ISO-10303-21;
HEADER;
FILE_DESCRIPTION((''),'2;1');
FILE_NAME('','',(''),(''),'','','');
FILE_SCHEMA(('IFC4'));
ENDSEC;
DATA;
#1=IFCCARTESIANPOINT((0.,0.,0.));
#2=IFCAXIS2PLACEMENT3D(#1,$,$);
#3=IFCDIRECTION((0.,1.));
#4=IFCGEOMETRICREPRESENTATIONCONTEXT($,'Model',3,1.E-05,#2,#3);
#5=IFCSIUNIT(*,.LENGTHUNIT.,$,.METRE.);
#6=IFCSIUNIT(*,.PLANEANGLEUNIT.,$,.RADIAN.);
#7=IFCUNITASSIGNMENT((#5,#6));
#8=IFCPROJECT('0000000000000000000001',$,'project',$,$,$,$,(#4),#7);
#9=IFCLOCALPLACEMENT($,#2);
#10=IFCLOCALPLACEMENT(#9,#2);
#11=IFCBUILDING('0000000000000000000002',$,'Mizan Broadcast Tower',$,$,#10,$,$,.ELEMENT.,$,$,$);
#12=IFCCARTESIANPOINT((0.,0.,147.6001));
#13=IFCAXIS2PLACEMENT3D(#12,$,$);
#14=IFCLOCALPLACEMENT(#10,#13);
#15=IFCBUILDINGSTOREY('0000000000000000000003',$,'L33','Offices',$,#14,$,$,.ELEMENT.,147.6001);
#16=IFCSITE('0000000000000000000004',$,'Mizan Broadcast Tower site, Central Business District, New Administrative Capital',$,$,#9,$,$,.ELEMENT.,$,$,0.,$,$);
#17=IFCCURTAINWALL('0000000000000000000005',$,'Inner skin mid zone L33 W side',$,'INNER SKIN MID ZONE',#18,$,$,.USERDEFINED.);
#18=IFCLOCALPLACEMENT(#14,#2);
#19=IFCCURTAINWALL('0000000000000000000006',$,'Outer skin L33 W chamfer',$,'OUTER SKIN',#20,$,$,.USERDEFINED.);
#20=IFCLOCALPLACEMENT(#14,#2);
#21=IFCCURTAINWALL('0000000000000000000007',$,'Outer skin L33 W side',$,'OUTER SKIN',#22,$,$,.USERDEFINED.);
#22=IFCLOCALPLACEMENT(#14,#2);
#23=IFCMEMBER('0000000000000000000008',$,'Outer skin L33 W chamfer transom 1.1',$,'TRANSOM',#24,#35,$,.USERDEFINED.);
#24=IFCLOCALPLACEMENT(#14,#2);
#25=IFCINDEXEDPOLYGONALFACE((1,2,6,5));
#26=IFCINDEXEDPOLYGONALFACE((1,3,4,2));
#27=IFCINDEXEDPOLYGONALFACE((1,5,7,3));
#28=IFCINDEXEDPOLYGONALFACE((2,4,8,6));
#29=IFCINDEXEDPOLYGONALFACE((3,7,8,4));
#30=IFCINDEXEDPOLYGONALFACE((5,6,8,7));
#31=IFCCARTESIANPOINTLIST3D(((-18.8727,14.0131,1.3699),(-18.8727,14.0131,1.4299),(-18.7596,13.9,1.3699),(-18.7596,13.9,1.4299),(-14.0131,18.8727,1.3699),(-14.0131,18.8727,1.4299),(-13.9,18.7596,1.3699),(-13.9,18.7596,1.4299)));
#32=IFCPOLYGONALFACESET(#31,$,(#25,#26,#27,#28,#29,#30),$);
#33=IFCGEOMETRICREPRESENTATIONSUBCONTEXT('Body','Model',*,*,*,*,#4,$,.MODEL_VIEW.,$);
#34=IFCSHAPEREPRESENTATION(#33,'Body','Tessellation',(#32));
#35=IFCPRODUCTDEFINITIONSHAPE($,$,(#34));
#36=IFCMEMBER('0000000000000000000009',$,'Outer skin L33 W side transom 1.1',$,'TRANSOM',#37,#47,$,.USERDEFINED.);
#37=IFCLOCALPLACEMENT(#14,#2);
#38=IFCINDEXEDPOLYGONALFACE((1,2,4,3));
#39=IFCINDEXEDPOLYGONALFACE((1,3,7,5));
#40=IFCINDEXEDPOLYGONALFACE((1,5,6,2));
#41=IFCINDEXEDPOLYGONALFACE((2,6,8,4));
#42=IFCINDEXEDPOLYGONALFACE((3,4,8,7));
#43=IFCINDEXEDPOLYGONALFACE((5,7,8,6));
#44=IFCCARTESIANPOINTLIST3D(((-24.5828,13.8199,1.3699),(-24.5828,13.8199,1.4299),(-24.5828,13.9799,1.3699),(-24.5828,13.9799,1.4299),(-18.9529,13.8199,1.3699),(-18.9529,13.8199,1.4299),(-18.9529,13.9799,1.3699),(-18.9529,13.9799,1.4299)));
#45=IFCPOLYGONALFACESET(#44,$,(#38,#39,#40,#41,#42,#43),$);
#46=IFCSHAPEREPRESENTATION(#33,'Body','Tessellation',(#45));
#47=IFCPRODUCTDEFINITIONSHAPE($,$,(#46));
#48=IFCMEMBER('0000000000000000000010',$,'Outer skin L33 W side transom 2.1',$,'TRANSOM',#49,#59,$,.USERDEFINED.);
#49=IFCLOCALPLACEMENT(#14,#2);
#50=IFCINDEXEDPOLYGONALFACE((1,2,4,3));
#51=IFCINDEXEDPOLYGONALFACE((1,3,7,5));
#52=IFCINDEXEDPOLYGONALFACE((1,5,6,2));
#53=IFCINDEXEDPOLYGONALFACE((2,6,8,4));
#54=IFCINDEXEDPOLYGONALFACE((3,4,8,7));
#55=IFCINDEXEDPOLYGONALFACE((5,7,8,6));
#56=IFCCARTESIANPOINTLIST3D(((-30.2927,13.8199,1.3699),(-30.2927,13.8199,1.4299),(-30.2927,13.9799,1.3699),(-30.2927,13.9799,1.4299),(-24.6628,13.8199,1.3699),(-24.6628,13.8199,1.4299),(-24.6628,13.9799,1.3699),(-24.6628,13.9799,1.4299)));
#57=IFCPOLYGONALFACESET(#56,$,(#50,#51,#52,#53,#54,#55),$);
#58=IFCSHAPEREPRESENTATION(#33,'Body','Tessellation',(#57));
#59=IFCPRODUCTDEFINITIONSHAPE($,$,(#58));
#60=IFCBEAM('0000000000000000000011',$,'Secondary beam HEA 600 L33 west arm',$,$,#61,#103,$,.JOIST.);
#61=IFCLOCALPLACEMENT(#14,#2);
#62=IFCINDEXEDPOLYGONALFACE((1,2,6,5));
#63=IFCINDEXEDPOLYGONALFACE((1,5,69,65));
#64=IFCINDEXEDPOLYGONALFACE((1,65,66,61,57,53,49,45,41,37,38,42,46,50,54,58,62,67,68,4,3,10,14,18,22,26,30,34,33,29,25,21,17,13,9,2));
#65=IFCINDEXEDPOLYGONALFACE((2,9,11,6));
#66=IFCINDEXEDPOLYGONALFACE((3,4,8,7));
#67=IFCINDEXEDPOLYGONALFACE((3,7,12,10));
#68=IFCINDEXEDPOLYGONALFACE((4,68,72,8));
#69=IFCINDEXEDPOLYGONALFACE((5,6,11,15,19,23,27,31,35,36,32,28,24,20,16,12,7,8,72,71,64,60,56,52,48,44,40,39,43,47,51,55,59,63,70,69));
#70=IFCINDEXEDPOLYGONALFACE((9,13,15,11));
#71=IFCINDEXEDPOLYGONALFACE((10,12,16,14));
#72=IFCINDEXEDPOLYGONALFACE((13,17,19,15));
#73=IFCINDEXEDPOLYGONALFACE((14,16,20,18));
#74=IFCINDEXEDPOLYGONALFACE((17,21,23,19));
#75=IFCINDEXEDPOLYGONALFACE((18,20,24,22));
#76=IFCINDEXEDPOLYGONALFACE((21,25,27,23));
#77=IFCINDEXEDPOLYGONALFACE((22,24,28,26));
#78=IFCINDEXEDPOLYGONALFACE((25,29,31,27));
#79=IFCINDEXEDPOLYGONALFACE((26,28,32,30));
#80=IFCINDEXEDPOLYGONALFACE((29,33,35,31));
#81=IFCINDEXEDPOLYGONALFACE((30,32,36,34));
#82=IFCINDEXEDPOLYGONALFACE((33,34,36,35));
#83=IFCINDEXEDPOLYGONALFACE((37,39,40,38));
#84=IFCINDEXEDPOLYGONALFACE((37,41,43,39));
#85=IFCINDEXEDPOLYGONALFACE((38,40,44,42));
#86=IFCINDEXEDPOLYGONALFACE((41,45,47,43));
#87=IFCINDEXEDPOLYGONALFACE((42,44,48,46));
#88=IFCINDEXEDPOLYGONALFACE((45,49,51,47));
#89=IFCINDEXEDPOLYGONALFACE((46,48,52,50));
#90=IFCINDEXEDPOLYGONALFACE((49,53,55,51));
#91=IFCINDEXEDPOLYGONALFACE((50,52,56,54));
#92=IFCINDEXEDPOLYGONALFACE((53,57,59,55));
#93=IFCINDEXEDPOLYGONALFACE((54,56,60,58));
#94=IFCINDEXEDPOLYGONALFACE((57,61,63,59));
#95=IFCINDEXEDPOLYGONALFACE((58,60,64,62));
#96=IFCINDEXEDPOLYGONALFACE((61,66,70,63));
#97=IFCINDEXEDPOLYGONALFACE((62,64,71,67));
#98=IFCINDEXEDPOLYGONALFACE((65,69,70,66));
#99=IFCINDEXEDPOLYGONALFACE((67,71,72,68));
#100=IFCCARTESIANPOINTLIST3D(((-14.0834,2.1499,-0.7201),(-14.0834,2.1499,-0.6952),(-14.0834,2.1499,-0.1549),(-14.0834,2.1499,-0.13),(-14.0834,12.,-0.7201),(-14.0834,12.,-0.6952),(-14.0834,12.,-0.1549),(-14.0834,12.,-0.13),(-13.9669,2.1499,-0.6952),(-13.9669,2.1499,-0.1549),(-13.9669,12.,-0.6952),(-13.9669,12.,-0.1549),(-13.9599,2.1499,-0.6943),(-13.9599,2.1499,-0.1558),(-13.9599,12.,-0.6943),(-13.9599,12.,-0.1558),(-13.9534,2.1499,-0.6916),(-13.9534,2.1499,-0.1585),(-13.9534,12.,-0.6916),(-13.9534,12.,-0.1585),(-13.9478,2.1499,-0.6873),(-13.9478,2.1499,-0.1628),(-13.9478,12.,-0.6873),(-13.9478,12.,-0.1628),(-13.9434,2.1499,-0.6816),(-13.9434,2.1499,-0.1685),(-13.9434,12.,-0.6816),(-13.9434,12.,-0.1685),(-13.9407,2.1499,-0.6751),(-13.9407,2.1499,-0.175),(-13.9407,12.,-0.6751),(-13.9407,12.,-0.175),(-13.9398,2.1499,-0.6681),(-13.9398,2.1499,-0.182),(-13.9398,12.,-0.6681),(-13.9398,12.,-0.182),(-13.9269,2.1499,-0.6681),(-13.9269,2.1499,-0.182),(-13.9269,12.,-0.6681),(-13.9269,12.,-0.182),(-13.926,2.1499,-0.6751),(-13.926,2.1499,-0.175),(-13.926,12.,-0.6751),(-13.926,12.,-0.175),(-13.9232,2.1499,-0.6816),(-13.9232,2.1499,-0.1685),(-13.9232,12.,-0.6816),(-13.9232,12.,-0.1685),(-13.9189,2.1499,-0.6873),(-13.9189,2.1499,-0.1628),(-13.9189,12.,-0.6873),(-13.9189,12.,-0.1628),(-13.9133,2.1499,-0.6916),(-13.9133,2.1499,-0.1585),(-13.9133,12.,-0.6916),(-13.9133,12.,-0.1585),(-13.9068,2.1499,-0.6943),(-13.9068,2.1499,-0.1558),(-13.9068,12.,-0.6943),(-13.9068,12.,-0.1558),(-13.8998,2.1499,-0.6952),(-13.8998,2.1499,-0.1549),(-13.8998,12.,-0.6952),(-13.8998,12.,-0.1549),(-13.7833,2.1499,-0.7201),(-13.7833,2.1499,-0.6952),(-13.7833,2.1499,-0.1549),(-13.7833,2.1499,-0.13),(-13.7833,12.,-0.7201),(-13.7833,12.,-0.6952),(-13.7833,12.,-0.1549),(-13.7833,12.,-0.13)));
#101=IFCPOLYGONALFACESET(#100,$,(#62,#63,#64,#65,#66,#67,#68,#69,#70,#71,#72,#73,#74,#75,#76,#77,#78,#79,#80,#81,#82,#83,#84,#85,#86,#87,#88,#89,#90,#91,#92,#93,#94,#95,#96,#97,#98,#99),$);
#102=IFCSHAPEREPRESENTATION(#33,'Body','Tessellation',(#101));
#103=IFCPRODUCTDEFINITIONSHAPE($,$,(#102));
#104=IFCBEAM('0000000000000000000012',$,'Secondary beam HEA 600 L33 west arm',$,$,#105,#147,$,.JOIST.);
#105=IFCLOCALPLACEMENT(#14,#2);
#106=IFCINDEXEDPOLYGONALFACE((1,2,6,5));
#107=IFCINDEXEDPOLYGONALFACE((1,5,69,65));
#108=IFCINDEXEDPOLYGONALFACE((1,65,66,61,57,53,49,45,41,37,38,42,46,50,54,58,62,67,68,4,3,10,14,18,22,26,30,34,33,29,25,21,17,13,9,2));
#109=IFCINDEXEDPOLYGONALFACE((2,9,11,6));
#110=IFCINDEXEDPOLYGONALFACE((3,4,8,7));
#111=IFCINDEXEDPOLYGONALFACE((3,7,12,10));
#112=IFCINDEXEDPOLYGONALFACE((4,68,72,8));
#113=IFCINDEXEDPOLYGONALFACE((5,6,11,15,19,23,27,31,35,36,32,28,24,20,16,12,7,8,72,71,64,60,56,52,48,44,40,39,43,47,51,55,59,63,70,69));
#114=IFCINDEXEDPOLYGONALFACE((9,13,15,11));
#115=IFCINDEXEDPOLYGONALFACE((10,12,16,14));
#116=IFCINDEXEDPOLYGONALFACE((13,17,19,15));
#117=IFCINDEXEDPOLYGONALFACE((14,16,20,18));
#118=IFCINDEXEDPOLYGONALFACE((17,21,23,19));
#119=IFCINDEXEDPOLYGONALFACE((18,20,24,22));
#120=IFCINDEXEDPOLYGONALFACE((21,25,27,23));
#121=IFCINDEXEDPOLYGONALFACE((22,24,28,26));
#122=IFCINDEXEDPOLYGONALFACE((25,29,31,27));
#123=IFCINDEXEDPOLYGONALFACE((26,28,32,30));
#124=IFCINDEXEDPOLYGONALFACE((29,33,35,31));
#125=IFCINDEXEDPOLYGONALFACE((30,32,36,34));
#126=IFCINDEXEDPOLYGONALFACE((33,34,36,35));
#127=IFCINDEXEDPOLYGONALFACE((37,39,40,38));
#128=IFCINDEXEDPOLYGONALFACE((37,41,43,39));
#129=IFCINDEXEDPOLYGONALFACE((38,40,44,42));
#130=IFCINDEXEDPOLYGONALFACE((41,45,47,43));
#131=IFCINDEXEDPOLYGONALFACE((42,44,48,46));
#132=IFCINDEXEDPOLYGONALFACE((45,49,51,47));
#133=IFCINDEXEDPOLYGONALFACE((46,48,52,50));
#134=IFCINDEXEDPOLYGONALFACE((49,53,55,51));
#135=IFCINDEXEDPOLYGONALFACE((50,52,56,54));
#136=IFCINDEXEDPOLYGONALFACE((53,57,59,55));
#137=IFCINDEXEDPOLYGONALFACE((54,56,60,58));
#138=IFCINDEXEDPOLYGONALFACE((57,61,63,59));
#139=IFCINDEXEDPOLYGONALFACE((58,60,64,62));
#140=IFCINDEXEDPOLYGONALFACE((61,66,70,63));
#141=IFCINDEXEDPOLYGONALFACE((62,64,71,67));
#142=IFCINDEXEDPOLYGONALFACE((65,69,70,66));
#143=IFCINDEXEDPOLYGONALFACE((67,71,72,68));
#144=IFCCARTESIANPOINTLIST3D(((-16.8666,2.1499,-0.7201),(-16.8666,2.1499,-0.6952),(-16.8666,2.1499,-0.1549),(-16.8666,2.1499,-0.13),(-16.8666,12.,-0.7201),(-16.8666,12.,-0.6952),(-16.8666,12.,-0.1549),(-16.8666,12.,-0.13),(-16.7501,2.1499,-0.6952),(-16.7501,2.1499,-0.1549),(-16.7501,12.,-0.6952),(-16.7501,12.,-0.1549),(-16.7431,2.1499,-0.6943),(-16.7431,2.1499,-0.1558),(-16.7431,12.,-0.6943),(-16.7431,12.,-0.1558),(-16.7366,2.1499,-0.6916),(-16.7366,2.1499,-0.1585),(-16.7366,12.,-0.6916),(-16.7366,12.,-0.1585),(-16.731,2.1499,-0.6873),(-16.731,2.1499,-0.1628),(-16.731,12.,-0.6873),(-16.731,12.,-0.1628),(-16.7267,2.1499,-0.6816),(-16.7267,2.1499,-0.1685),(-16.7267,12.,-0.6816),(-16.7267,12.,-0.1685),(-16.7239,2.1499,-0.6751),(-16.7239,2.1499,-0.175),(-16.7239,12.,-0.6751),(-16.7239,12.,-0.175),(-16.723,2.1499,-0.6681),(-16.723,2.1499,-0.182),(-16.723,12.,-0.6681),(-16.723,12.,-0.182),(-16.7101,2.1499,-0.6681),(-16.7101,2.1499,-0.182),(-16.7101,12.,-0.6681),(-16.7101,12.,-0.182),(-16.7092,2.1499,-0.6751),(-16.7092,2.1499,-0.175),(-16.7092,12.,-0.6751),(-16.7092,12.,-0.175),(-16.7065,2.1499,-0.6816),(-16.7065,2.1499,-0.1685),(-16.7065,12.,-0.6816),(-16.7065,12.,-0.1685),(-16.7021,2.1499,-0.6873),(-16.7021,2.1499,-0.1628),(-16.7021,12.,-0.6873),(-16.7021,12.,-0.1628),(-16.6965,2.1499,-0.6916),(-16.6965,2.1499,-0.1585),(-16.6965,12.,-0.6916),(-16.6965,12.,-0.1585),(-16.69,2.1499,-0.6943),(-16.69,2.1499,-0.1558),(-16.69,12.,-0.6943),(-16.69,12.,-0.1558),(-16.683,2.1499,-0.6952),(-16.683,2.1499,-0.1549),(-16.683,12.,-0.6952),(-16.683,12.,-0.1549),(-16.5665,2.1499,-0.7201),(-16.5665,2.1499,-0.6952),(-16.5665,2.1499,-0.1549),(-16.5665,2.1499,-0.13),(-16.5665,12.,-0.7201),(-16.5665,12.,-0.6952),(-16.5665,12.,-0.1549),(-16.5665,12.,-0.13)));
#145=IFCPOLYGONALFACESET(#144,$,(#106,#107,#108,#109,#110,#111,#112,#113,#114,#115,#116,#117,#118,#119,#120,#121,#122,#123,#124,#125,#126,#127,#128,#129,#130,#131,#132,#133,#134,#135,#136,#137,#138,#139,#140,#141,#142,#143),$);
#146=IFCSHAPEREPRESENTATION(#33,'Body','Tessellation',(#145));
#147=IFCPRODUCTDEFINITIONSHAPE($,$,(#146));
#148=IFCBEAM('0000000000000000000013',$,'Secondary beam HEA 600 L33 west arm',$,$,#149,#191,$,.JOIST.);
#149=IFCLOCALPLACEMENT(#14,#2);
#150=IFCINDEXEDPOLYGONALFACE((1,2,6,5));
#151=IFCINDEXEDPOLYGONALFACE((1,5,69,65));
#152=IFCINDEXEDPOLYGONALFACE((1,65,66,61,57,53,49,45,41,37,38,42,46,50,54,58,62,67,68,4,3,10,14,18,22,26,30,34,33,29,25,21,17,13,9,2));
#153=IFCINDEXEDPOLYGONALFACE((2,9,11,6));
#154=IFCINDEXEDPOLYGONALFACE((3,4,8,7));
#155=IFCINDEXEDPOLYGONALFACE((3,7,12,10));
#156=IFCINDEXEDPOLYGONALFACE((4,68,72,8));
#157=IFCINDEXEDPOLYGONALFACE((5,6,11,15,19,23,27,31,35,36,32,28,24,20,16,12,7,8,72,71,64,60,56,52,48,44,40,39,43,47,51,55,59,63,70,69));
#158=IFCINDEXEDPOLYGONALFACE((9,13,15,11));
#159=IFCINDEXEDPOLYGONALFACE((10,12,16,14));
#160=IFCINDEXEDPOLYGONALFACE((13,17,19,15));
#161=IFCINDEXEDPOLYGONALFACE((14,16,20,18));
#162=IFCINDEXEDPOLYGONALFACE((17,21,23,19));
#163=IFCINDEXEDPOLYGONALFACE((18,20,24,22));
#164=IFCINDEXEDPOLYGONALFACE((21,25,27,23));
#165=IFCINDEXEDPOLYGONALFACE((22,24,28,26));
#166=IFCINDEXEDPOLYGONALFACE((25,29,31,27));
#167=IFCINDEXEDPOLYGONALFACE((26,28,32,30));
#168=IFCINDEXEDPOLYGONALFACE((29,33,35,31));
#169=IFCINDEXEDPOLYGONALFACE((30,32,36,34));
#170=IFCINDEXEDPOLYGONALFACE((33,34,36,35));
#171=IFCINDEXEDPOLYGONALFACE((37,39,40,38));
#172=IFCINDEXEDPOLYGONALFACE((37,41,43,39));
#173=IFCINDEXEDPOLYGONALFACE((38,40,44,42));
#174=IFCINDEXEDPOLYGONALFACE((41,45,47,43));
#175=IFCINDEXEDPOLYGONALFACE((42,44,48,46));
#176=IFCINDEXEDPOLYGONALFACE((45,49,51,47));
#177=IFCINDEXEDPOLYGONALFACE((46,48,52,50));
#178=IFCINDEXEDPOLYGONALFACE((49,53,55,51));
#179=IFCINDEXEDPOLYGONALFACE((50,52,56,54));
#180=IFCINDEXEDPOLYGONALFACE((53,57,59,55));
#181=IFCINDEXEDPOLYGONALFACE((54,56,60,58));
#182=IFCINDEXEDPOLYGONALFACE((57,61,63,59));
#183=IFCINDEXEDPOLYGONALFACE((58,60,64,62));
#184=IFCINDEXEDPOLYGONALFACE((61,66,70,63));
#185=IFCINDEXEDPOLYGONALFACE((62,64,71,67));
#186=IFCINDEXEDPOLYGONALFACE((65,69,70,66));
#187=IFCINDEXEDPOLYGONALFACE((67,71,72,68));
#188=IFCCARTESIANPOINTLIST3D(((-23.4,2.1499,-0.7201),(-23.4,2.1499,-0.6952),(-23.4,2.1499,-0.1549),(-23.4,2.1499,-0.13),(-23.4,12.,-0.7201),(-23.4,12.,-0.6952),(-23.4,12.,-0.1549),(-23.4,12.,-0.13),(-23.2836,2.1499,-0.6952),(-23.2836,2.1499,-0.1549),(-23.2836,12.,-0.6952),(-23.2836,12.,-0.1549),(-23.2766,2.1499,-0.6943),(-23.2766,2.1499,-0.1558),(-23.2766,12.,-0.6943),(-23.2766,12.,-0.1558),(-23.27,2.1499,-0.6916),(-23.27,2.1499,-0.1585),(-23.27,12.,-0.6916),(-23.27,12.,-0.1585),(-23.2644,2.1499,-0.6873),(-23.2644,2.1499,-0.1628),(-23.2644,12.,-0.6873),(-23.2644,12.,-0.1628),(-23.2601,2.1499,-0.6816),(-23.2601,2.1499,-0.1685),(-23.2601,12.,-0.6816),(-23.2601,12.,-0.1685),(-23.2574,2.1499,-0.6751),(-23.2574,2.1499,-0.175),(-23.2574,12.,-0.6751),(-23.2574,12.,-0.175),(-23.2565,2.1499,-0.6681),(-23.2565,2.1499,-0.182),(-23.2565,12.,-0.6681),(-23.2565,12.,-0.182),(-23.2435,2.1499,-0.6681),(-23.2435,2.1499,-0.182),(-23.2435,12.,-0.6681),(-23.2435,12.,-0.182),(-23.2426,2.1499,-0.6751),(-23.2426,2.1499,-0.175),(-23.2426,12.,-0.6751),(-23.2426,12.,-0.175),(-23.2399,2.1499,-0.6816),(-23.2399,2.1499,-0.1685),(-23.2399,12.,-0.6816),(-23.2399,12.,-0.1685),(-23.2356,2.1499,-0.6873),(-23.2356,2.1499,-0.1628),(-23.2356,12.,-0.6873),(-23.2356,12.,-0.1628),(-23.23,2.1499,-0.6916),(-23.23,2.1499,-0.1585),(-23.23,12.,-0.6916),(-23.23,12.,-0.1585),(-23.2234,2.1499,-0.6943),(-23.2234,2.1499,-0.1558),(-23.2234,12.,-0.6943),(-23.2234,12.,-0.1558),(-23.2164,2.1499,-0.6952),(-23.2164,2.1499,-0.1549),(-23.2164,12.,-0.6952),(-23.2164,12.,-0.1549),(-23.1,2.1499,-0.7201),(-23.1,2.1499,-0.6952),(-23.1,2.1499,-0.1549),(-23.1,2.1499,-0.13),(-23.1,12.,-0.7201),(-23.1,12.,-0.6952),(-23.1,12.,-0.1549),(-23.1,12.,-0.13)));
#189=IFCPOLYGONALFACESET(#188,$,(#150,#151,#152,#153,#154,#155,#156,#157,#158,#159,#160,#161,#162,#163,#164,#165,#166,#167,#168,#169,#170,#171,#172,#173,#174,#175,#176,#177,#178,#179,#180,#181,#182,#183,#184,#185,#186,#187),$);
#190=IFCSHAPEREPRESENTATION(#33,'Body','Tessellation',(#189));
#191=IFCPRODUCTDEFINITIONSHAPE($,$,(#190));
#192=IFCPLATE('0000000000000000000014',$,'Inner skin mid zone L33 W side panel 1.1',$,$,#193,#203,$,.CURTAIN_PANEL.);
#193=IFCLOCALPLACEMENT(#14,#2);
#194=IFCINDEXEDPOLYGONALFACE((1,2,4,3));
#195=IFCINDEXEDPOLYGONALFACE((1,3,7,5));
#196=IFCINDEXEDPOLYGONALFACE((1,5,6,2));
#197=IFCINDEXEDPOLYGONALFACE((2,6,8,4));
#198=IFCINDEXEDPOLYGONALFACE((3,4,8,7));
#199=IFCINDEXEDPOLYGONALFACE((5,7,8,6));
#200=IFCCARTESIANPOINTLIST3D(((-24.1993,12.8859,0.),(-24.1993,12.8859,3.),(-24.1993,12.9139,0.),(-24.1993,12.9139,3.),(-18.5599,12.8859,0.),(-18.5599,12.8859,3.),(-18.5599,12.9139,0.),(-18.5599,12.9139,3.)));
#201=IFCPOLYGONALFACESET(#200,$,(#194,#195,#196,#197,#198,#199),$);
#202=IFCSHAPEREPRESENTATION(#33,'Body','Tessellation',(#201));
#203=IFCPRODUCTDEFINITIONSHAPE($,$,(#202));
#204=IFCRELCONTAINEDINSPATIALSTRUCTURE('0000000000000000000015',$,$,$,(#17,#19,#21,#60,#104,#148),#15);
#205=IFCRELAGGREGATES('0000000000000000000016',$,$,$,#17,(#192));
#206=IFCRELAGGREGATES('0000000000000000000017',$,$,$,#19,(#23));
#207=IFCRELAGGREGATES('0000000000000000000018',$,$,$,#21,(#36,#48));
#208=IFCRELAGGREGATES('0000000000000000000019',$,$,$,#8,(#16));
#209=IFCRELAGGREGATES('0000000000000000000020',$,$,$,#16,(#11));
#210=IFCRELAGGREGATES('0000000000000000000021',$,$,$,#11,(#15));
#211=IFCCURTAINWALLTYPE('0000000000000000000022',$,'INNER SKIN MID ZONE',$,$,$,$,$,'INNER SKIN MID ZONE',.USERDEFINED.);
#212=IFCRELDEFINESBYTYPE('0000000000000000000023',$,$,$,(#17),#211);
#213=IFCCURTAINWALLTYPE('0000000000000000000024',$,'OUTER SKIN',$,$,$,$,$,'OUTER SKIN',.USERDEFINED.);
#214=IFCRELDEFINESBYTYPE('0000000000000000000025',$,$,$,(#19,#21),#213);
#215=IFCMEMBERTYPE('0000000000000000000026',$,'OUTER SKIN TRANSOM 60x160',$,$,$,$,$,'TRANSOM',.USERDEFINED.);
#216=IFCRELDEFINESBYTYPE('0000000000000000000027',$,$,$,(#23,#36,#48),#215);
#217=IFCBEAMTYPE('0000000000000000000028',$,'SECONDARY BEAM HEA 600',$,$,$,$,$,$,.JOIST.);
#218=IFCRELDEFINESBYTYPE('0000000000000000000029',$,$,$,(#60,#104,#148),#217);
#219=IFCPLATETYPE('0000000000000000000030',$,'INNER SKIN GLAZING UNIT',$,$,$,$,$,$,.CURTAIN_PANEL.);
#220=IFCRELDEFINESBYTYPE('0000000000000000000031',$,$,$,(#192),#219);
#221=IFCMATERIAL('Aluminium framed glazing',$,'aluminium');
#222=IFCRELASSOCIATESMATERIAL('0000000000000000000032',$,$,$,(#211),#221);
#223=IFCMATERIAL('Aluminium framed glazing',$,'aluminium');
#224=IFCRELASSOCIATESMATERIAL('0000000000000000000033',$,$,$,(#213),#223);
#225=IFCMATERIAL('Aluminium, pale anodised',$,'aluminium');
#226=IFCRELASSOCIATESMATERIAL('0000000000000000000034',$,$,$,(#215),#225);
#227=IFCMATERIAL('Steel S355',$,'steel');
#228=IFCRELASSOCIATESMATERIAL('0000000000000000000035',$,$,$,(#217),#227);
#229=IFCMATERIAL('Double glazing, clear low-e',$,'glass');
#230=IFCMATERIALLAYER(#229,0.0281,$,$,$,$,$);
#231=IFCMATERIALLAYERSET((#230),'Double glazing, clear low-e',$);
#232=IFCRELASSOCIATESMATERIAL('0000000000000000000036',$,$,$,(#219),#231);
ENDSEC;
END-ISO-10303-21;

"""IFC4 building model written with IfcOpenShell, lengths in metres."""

from ifc_helpers import new_model, si_unit, direction, frame, origin, origin_2d, place, context, subcontext, project, spatial, rectangle, i_section, extrude, material, layer, layer_set, material_profile, profile_set, type_object, element, aggregate, save


model = new_model("IFC4")

# Units and contexts
model_context = context("Model", 3, precision=1e-05, world=origin(), true_north=direction((0.0, 1.0)))
body_context = subcontext(model_context, "Body", "Model", "MODEL_VIEW")
ifc_project = project(units=[si_unit("LENGTHUNIT", "METRE"), si_unit("PLANEANGLEUNIT", "RADIAN")], contexts=[model_context])

# Site, building, storey
site_placement = place(None, origin())
site = spatial("IfcSite", under=ifc_project, at=site_placement, Name="Mizan Broadcast Tower site, Central Business District, New Administrative Capital", CompositionType="ELEMENT", RefElevation=0.0)
building_placement = place(site_placement, origin())
building = spatial("IfcBuilding", under=site, at=building_placement, Name="Mizan Broadcast Tower", CompositionType="ELEMENT")
storey_placement = place(building_placement, frame((0.0, 0.0, 147.6001)))
storey = spatial("IfcBuildingStorey", under=building, at=storey_placement, Name="L33", Description="Offices", CompositionType="ELEMENT", Elevation=147.6001)

# Curtain wall
ifc_material_1 = material(Name="Aluminium framed glazing", Category="aluminium")
curtain_wall_type_1 = type_object("IfcCurtainWallType", Name="INNER SKIN MID ZONE", ElementType="INNER SKIN MID ZONE", PredefinedType="USERDEFINED", material=ifc_material_1)
curtain_wall_1_placement = place(storey_placement, origin())
curtain_wall_1 = element("IfcCurtainWall", 1, at=curtain_wall_1_placement, inside=storey, type_object=curtain_wall_type_1, Name="Inner skin mid zone L33 W side", ObjectType="INNER SKIN MID ZONE", PredefinedType="USERDEFINED")

# Curtain walls
ifc_material_2 = material(Name="Aluminium framed glazing", Category="aluminium")
curtain_wall_type_2 = type_object("IfcCurtainWallType", Name="OUTER SKIN", ElementType="OUTER SKIN", PredefinedType="USERDEFINED", material=ifc_material_2)
curtain_wall_2_placement = place(storey_placement, origin())
curtain_wall_2 = element("IfcCurtainWall", 2, at=curtain_wall_2_placement, inside=storey, type_object=curtain_wall_type_2, Name="Outer skin L33 W chamfer", ObjectType="OUTER SKIN", PredefinedType="USERDEFINED")
curtain_wall_3_placement = place(storey_placement, origin())
curtain_wall_3 = element("IfcCurtainWall", 3, at=curtain_wall_3_placement, inside=storey, type_object=curtain_wall_type_2, Name="Outer skin L33 W side", ObjectType="OUTER SKIN", PredefinedType="USERDEFINED")

# Members
ifc_material_3 = material(Name="Aluminium, pale anodised", Category="aluminium")
ifc_material_profile_1 = material_profile(ifc_material_3, rectangle(XDim=0.1599, YDim=0.0601, at=origin_2d()), Name="TRANSOM 160x60")
ifc_profile_set_1 = profile_set([ifc_material_profile_1], Name="Aluminium, pale anodised")
member_type_1 = type_object("IfcMemberType", Name="OUTER SKIN TRANSOM 60x160", ElementType="TRANSOM", PredefinedType="USERDEFINED", material=ifc_profile_set_1)
member_1_placement = place(storey_placement, frame((-13.9565, 18.8162, 1.3999), z_axis=(-0.707107, -0.707107, 0.0), x_axis=(0.707107, -0.707107, 0.0)))
member_1 = element("IfcMember", 4, at=member_1_placement, type_object=member_type_1, Name="Outer skin L33 W chamfer transom 1.1", ObjectType="TRANSOM", PredefinedType="USERDEFINED", context=body_context, shape_type="SweptSolid", body=[
    extrude(rectangle(XDim=0.1599, YDim=0.0601, at=origin_2d()), origin(), (0.0, 0.0, 1.0), 6.8726),
])
member_2_placement = place(storey_placement, frame((-18.9529, 13.8999, 1.3999), z_axis=(-1.0, 0.0, 0.0), x_axis=(0.0, -1.0, 0.0)))
member_2 = element("IfcMember", 5, at=member_2_placement, type_object=member_type_1, Name="Outer skin L33 W side transom 1.1", ObjectType="TRANSOM", PredefinedType="USERDEFINED", context=body_context, shape_type="SweptSolid", body=[
    extrude(rectangle(XDim=0.1599, YDim=0.0601, at=origin_2d()), origin(), (0.0, 0.0, 1.0), 5.6299),
])
member_3_placement = place(storey_placement, frame((-24.6628, 13.8999, 1.3999), z_axis=(-1.0, 0.0, 0.0), x_axis=(0.0, -1.0, 0.0)))
member_3 = element("IfcMember", 6, at=member_3_placement, type_object=member_type_1, Name="Outer skin L33 W side transom 2.1", ObjectType="TRANSOM", PredefinedType="USERDEFINED", context=body_context, shape_type="SweptSolid", body=[
    extrude(rectangle(XDim=0.1599, YDim=0.0601, at=origin_2d()), origin(), (0.0, 0.0, 1.0), 5.6299),
])

# Beams
ifc_material_4 = material(Name="Steel S355", Category="steel")
ifc_material_profile_2 = material_profile(ifc_material_4, i_section(OverallWidth=0.3, OverallDepth=0.5901, WebThickness=0.0129, FlangeThickness=0.0249, FilletRadius=0.0271, at=origin_2d()), Name="HEA 600")
ifc_profile_set_2 = profile_set([ifc_material_profile_2], Name="Steel S355")
beam_type_1 = type_object("IfcBeamType", Name="SECONDARY BEAM HEA 600", PredefinedType="JOIST", material=ifc_profile_set_2)
for number, where, z_axis, x_axis, name in (
    (7, (-13.9333, 12.0, -0.425), (0.0, -1.0, 0.0), (1.0, 0.0, 0.0), "Secondary beam HEA 600 L33 west arm"),
    (8, (-16.7166, 12.0, -0.425), (0.0, -1.0, 0.0), (1.0, 0.0, 0.0), "Secondary beam HEA 600 L33 west arm"),
    (9, (-23.25, 12.0, -0.425), (0.0, -1.0, 0.0), (1.0, 0.0, 0.0), "Secondary beam HEA 600 L33 west arm"),
):
    element("IfcBeam", number, at=place(storey_placement, frame(where, z_axis=z_axis, x_axis=x_axis)), inside=storey, type_object=beam_type_1, Name=name, PredefinedType="JOIST", context=body_context, shape_type="SweptSolid", body=[
        extrude(i_section(OverallWidth=0.3, OverallDepth=0.5901, WebThickness=0.0129, FlangeThickness=0.0249, FilletRadius=0.0271, at=origin_2d()), origin(), (0.0, 0.0, 1.0), 9.8501),
    ])

# Plate
ifc_material_5 = material(Name="Double glazing, clear low-e", Category="glass")
ifc_layer_1 = layer(ifc_material_5, 0.0281)
ifc_layer_set_1 = layer_set([ifc_layer_1], Name="Double glazing, clear low-e")
plate_type_1 = type_object("IfcPlateType", Name="INNER SKIN GLAZING UNIT", PredefinedType="CURTAIN_PANEL", material=ifc_layer_set_1)
plate_1_placement = place(storey_placement, frame((-21.3796, 12.8999, 0.0), z_axis=(0.0, 0.0, 1.0), x_axis=(-1.0, 0.0, 0.0)))
plate_1 = element("IfcPlate", 10, at=plate_1_placement, type_object=plate_type_1, Name="Inner skin mid zone L33 W side panel 1.1", PredefinedType="CURTAIN_PANEL", context=body_context, shape_type="SweptSolid", body=[
    extrude(rectangle(XDim=5.6394, YDim=0.0281, at=origin_2d()), origin(), (0.0, 0.0, 1.0), 3.0),
])
aggregate(curtain_wall_1, [plate_1])
aggregate(curtain_wall_2, [member_1])
aggregate(curtain_wall_3, [member_2, member_3])

save(model, "model.ifc")
